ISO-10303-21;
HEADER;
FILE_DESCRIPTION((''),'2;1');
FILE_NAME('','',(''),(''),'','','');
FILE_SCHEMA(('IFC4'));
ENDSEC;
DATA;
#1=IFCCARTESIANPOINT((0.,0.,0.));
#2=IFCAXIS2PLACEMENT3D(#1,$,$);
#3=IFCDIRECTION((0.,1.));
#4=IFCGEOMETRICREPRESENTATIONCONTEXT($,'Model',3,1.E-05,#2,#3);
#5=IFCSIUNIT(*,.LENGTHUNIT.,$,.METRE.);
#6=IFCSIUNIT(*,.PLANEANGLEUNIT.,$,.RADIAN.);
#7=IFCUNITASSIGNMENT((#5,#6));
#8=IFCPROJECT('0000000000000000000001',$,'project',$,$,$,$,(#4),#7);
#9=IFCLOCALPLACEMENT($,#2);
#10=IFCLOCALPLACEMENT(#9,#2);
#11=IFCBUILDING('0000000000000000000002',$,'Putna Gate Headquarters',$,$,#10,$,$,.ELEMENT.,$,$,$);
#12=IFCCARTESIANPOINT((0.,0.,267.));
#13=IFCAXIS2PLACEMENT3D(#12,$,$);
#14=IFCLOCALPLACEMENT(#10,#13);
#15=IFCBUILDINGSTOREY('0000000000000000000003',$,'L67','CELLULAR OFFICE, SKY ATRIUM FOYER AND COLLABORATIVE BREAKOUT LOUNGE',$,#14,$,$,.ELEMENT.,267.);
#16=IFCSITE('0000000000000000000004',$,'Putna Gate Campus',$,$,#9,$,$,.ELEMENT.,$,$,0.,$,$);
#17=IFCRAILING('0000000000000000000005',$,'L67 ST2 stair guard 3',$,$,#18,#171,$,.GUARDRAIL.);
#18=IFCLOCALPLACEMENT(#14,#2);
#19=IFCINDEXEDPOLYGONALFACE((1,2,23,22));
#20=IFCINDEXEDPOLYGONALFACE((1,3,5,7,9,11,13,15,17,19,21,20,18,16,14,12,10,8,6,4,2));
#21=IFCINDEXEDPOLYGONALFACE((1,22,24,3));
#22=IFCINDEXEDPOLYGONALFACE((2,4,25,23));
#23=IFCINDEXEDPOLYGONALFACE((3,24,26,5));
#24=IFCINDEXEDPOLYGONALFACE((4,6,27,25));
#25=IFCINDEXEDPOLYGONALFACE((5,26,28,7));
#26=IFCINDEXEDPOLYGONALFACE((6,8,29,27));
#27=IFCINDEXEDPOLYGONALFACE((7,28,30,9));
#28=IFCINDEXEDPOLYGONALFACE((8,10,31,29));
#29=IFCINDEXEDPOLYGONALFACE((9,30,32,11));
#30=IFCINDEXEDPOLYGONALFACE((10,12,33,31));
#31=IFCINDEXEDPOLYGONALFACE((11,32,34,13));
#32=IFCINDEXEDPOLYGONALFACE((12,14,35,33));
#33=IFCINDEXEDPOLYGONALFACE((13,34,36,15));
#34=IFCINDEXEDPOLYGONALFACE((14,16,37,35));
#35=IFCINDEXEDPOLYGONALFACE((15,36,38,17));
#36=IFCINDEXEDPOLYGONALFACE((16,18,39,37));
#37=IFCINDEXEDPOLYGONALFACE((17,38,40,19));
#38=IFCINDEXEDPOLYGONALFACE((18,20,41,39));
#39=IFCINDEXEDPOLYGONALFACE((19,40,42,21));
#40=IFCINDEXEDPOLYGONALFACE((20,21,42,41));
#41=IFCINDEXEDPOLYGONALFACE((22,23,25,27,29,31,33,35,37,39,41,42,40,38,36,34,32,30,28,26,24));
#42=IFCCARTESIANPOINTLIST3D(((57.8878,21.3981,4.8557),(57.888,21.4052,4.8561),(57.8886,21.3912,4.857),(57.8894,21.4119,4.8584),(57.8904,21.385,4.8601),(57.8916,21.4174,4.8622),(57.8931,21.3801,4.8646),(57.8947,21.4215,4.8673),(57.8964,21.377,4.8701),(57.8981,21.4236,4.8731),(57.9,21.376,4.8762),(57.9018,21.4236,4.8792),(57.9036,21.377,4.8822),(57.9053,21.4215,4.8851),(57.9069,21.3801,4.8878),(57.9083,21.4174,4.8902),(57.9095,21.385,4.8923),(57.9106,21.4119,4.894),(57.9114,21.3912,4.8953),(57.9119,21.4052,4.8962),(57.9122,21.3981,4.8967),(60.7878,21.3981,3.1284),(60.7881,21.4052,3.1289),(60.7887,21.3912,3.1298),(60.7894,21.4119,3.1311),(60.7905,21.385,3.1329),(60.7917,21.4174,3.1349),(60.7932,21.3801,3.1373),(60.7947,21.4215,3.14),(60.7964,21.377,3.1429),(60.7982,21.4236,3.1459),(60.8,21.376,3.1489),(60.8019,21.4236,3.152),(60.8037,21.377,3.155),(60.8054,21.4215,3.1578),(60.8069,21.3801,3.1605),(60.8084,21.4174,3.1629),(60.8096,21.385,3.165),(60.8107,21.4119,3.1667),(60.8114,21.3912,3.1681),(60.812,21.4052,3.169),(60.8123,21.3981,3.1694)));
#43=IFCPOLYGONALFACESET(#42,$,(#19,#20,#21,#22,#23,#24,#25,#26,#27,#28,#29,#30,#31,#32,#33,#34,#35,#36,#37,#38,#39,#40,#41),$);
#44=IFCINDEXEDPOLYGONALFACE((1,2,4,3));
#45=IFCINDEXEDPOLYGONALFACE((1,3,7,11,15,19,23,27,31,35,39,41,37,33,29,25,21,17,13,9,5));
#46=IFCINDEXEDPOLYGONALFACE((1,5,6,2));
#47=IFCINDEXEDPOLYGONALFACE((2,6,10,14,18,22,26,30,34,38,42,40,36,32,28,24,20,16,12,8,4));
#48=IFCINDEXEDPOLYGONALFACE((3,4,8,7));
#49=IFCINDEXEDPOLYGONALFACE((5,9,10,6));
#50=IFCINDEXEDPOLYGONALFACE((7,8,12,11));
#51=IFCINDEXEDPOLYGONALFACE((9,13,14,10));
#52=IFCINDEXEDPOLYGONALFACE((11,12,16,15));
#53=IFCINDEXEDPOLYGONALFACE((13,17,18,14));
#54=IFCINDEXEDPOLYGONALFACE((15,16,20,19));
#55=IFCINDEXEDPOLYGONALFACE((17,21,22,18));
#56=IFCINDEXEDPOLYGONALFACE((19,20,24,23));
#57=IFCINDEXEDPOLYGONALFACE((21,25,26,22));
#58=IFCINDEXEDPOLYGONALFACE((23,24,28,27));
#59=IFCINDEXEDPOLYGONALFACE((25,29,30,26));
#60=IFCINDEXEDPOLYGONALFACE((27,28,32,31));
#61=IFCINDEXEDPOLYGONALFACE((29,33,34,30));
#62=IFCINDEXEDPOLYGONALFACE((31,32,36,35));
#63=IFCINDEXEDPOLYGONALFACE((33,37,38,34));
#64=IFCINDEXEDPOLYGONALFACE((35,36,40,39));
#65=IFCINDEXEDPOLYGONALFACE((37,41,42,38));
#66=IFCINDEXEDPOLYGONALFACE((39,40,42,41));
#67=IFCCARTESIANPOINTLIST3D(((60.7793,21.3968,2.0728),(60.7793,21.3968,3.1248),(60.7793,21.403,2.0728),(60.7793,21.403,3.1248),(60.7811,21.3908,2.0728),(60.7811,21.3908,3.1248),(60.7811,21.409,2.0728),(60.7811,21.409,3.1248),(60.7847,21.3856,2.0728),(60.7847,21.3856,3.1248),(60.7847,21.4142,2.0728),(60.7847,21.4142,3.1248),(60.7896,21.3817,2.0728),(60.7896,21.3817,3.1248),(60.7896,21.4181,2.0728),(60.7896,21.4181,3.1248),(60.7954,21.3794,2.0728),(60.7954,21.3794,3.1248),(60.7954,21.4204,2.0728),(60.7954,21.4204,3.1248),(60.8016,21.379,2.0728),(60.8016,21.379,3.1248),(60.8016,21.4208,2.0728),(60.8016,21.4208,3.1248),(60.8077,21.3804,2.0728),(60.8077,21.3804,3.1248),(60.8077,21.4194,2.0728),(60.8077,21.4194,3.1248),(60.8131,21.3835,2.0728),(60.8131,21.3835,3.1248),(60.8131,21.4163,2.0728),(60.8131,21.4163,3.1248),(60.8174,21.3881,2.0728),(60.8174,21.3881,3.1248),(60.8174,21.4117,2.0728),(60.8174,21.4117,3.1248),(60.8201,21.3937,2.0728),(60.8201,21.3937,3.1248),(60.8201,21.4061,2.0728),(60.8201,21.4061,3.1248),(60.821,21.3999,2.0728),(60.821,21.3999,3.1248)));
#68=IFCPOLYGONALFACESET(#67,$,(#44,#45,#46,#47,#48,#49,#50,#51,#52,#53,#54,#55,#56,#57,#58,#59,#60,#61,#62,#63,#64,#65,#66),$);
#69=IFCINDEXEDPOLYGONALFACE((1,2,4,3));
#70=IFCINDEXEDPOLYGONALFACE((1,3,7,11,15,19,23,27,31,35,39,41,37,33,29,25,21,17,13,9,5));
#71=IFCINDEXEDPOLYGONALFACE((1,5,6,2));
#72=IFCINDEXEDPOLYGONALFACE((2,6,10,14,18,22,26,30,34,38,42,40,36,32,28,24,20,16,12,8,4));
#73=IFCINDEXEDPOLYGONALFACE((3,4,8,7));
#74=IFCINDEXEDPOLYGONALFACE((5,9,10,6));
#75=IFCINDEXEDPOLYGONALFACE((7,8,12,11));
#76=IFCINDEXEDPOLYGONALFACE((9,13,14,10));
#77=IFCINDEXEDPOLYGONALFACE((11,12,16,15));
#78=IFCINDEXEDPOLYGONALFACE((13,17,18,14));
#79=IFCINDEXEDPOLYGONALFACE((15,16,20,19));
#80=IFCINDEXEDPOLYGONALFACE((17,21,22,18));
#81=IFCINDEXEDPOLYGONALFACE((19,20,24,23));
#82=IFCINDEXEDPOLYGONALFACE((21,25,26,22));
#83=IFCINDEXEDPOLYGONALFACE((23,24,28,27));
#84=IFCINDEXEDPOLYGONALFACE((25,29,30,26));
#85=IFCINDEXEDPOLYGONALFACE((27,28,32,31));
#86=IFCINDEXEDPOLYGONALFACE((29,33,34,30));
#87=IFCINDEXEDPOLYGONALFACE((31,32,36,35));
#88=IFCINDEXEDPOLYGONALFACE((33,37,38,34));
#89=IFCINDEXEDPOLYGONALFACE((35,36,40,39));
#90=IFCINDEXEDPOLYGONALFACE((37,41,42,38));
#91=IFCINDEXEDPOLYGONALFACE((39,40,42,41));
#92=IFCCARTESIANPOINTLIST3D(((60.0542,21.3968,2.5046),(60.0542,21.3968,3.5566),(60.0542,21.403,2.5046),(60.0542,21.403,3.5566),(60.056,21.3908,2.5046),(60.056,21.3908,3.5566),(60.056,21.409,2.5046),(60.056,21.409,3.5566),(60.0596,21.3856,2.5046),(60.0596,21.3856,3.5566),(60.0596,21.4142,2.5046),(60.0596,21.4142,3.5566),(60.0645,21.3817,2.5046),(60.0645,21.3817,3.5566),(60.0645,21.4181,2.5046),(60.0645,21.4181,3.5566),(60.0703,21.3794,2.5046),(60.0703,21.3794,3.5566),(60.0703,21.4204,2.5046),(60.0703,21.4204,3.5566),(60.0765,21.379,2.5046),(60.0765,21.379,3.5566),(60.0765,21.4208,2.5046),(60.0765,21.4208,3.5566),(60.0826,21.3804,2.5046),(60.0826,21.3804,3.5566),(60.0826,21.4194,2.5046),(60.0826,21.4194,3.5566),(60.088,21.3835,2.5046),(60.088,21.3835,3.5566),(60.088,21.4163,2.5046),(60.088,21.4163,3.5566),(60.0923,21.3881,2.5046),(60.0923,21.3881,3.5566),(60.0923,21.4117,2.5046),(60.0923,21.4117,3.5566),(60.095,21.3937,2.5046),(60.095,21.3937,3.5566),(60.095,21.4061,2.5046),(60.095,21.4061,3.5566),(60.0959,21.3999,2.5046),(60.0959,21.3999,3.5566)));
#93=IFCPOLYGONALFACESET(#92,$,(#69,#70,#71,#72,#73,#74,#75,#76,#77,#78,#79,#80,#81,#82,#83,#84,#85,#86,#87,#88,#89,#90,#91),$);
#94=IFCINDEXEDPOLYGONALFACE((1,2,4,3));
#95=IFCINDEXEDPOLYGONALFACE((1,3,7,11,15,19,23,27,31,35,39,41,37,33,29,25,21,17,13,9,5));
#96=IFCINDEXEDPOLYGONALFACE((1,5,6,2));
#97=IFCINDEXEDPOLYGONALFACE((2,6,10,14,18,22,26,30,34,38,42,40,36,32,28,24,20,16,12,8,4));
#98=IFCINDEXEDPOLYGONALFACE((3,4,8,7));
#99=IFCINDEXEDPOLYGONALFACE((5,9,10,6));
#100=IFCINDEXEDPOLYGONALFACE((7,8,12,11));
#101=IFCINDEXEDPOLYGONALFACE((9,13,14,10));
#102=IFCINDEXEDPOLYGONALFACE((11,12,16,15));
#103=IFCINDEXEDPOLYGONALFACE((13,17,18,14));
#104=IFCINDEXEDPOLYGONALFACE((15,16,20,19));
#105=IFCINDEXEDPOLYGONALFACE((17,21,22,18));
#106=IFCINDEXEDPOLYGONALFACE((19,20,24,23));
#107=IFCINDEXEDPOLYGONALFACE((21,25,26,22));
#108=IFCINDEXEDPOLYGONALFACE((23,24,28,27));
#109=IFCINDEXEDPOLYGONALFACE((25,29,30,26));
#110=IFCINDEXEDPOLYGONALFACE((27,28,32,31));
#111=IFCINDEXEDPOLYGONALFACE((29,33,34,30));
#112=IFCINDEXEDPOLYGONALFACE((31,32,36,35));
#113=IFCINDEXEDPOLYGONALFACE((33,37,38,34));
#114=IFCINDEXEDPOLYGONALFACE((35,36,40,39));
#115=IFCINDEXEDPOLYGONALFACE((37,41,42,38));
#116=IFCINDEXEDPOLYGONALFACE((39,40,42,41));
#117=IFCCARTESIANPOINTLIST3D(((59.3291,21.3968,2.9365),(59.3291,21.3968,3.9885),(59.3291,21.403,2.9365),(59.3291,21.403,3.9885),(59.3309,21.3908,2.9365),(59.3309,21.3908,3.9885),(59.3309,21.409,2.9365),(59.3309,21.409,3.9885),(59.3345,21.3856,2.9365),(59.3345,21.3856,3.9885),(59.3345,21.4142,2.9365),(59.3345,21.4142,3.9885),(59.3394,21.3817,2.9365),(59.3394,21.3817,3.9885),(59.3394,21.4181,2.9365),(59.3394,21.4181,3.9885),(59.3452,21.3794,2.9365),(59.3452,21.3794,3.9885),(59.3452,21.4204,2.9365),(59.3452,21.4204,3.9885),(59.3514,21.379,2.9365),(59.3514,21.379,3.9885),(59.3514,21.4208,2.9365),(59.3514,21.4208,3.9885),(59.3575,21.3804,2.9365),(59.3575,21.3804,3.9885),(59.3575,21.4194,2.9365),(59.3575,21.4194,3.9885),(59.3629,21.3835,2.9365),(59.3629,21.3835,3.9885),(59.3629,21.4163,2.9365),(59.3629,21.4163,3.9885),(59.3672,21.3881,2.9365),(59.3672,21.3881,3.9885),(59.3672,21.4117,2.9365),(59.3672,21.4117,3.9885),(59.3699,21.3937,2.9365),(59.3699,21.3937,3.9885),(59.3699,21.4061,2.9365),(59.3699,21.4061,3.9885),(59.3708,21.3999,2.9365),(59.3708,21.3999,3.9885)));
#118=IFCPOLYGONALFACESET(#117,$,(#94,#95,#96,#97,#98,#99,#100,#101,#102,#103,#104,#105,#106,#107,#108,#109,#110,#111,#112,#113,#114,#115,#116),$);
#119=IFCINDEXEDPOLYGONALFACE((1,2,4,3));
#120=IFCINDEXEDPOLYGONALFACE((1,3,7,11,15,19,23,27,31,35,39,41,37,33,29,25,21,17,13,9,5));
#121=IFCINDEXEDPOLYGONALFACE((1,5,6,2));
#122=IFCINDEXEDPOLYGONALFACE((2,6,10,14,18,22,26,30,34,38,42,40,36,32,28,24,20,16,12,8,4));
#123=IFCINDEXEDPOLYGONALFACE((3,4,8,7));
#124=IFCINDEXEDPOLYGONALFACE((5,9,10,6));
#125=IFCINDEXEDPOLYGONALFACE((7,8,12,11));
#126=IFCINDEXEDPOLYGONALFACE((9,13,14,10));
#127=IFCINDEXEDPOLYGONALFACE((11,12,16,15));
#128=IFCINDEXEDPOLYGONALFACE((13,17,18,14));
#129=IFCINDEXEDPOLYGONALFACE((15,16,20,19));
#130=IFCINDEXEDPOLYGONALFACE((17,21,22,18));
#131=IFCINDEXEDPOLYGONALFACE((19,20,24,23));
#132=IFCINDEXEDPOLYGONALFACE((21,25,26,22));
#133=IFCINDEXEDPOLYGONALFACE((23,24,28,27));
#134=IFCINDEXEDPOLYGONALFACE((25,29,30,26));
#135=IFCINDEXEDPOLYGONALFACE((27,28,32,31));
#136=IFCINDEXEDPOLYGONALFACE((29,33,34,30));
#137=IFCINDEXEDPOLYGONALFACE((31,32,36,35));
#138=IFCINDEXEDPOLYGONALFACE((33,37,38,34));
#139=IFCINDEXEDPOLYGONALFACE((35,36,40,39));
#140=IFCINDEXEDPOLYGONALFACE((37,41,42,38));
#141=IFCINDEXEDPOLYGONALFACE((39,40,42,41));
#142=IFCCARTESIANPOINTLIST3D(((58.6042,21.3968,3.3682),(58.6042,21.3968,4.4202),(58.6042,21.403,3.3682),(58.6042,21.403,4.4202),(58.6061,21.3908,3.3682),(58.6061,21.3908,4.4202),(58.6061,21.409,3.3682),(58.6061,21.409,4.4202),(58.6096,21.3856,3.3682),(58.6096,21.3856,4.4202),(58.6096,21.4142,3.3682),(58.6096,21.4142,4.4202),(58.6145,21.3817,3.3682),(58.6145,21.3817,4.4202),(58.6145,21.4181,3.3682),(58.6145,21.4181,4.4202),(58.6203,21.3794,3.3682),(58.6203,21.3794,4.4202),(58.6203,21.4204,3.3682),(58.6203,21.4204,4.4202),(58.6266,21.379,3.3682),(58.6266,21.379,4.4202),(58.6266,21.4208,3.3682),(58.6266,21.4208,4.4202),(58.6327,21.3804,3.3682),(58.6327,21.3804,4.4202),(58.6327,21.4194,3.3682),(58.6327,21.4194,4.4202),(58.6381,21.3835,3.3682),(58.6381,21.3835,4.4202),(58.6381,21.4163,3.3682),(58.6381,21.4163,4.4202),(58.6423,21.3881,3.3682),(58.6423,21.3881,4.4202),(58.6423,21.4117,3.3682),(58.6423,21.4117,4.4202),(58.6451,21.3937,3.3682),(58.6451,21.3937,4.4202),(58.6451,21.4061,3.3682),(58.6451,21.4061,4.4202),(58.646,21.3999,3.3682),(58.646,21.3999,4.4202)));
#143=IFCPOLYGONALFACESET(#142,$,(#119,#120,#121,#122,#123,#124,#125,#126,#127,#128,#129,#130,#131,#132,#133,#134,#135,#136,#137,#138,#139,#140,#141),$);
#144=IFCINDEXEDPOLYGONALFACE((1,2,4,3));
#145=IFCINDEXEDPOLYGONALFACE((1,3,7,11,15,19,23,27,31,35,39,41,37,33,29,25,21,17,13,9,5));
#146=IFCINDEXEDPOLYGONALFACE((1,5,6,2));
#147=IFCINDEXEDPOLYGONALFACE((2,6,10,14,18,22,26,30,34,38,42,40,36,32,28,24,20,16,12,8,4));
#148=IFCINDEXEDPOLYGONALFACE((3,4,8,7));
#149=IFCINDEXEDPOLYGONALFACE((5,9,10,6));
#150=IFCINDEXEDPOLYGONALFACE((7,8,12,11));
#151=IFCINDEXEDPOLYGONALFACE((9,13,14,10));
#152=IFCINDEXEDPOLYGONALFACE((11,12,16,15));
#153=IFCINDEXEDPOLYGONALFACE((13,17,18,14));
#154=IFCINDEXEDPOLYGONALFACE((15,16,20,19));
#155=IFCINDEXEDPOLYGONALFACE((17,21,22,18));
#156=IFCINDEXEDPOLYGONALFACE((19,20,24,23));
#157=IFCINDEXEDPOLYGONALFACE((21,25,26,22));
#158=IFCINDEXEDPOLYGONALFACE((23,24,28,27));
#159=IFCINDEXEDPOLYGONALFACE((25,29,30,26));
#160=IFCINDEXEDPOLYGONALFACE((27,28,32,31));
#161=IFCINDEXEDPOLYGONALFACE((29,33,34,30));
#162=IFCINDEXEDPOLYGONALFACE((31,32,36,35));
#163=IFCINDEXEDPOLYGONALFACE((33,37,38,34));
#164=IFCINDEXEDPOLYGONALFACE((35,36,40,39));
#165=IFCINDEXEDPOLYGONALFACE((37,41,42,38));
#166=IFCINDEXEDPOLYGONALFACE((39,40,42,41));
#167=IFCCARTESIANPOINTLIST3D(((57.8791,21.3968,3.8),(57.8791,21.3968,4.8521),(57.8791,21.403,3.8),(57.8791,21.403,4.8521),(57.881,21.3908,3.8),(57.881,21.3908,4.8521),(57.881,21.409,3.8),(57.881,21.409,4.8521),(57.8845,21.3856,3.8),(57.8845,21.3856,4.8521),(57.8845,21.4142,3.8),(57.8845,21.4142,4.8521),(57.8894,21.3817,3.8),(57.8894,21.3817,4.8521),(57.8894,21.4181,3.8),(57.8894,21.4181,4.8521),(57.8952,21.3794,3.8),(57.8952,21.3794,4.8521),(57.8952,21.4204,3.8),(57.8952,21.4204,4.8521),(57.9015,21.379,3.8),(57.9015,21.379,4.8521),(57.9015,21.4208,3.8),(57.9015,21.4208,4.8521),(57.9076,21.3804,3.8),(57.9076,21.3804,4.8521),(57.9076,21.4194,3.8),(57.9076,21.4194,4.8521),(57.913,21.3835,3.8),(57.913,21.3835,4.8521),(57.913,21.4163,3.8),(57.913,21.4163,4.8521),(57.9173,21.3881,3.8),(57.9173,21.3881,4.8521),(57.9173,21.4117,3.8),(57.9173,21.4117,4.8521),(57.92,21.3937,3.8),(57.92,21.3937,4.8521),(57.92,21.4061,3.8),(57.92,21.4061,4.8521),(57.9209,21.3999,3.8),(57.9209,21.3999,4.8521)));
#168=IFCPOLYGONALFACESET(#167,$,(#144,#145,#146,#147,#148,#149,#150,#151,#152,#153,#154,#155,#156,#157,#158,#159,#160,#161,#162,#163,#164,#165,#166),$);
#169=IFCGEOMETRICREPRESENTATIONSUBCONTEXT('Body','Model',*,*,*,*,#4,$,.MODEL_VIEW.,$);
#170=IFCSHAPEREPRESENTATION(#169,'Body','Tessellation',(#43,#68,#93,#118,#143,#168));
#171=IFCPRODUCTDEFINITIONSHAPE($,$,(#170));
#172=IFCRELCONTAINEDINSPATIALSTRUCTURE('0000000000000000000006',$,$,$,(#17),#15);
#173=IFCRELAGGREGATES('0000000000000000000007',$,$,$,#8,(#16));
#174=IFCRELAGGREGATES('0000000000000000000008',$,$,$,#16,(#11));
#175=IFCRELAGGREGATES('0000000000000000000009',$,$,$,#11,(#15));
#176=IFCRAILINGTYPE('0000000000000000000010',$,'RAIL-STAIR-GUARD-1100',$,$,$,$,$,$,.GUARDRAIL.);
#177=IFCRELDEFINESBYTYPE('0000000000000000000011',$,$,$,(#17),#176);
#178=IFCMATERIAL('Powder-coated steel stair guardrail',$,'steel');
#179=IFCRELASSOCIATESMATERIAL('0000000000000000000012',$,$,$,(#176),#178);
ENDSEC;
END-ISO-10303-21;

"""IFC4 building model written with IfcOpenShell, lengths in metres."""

from ifc_helpers import new_model, si_unit, direction, frame, origin, origin_2d, place, context, subcontext, project, spatial, circle, extrude, material, type_object, element, save


model = new_model("IFC4")

# Units and contexts
model_context = context("Model", 3, precision=1e-05, world=origin(), true_north=direction((0.0, 1.0)))
body_context = subcontext(model_context, "Body", "Model", "MODEL_VIEW")
ifc_project = project(units=[si_unit("LENGTHUNIT", "METRE"), si_unit("PLANEANGLEUNIT", "RADIAN")], contexts=[model_context])

# Site, building, storey
site_placement = place(None, origin())
site = spatial("IfcSite", under=ifc_project, at=site_placement, Name="Putna Gate Campus", CompositionType="ELEMENT", RefElevation=0.0)
building_placement = place(site_placement, origin())
building = spatial("IfcBuilding", under=site, at=building_placement, Name="Putna Gate Headquarters", CompositionType="ELEMENT")
storey_placement = place(building_placement, frame((0.0, 0.0, 267.0)))
storey = spatial("IfcBuildingStorey", under=building, at=storey_placement, Name="L67", Description="CELLULAR OFFICE, SKY ATRIUM FOYER AND COLLABORATIVE BREAKOUT LOUNGE", CompositionType="ELEMENT", Elevation=267.0)

# Railing
ifc_material_1 = material(Name="Powder-coated steel stair guardrail", Category="steel")
railing_type_1 = type_object("IfcRailingType", Name="RAIL-STAIR-GUARD-1100", PredefinedType="GUARDRAIL", material=ifc_material_1)
railing_1_placement = place(storey_placement, frame((60.8, 21.3999, 2.0728)))
element("IfcRailing", 1, at=railing_1_placement, inside=storey, type_object=railing_type_1, Name="L67 ST2 stair guard 3", PredefinedType="GUARDRAIL", context=body_context, shape_type="SweptSolid", body=[
    extrude(circle(Radius=0.0239, at=origin_2d()), frame((0.0, 0.0, 1.0762), z_axis=(-0.85916, 0.0, 0.511706), x_axis=(0.0, -1.0, 0.0)), (0.0, 0.0, 1.0), 3.3755),
    extrude(circle(Radius=0.021, at=origin_2d()), origin(), (0.0, 0.0, 1.0), 1.052),
    extrude(circle(Radius=0.021, at=origin_2d()), frame((-0.7251, 0.0, 0.4319)), (0.0, 0.0, 1.0), 1.052),
    extrude(circle(Radius=0.021, at=origin_2d()), frame((-1.4502, 0.0, 0.8638)), (0.0, 0.0, 1.0), 1.052),
    extrude(circle(Radius=0.021, at=origin_2d()), frame((-2.175, 0.0, 1.2954)), (0.0, 0.0, 1.0), 1.052),
    extrude(circle(Radius=0.021, at=origin_2d()), frame((-2.9001, 0.0, 1.7273)), (0.0, 0.0, 1.0), 1.052),
])

save(model, "model.ifc")
